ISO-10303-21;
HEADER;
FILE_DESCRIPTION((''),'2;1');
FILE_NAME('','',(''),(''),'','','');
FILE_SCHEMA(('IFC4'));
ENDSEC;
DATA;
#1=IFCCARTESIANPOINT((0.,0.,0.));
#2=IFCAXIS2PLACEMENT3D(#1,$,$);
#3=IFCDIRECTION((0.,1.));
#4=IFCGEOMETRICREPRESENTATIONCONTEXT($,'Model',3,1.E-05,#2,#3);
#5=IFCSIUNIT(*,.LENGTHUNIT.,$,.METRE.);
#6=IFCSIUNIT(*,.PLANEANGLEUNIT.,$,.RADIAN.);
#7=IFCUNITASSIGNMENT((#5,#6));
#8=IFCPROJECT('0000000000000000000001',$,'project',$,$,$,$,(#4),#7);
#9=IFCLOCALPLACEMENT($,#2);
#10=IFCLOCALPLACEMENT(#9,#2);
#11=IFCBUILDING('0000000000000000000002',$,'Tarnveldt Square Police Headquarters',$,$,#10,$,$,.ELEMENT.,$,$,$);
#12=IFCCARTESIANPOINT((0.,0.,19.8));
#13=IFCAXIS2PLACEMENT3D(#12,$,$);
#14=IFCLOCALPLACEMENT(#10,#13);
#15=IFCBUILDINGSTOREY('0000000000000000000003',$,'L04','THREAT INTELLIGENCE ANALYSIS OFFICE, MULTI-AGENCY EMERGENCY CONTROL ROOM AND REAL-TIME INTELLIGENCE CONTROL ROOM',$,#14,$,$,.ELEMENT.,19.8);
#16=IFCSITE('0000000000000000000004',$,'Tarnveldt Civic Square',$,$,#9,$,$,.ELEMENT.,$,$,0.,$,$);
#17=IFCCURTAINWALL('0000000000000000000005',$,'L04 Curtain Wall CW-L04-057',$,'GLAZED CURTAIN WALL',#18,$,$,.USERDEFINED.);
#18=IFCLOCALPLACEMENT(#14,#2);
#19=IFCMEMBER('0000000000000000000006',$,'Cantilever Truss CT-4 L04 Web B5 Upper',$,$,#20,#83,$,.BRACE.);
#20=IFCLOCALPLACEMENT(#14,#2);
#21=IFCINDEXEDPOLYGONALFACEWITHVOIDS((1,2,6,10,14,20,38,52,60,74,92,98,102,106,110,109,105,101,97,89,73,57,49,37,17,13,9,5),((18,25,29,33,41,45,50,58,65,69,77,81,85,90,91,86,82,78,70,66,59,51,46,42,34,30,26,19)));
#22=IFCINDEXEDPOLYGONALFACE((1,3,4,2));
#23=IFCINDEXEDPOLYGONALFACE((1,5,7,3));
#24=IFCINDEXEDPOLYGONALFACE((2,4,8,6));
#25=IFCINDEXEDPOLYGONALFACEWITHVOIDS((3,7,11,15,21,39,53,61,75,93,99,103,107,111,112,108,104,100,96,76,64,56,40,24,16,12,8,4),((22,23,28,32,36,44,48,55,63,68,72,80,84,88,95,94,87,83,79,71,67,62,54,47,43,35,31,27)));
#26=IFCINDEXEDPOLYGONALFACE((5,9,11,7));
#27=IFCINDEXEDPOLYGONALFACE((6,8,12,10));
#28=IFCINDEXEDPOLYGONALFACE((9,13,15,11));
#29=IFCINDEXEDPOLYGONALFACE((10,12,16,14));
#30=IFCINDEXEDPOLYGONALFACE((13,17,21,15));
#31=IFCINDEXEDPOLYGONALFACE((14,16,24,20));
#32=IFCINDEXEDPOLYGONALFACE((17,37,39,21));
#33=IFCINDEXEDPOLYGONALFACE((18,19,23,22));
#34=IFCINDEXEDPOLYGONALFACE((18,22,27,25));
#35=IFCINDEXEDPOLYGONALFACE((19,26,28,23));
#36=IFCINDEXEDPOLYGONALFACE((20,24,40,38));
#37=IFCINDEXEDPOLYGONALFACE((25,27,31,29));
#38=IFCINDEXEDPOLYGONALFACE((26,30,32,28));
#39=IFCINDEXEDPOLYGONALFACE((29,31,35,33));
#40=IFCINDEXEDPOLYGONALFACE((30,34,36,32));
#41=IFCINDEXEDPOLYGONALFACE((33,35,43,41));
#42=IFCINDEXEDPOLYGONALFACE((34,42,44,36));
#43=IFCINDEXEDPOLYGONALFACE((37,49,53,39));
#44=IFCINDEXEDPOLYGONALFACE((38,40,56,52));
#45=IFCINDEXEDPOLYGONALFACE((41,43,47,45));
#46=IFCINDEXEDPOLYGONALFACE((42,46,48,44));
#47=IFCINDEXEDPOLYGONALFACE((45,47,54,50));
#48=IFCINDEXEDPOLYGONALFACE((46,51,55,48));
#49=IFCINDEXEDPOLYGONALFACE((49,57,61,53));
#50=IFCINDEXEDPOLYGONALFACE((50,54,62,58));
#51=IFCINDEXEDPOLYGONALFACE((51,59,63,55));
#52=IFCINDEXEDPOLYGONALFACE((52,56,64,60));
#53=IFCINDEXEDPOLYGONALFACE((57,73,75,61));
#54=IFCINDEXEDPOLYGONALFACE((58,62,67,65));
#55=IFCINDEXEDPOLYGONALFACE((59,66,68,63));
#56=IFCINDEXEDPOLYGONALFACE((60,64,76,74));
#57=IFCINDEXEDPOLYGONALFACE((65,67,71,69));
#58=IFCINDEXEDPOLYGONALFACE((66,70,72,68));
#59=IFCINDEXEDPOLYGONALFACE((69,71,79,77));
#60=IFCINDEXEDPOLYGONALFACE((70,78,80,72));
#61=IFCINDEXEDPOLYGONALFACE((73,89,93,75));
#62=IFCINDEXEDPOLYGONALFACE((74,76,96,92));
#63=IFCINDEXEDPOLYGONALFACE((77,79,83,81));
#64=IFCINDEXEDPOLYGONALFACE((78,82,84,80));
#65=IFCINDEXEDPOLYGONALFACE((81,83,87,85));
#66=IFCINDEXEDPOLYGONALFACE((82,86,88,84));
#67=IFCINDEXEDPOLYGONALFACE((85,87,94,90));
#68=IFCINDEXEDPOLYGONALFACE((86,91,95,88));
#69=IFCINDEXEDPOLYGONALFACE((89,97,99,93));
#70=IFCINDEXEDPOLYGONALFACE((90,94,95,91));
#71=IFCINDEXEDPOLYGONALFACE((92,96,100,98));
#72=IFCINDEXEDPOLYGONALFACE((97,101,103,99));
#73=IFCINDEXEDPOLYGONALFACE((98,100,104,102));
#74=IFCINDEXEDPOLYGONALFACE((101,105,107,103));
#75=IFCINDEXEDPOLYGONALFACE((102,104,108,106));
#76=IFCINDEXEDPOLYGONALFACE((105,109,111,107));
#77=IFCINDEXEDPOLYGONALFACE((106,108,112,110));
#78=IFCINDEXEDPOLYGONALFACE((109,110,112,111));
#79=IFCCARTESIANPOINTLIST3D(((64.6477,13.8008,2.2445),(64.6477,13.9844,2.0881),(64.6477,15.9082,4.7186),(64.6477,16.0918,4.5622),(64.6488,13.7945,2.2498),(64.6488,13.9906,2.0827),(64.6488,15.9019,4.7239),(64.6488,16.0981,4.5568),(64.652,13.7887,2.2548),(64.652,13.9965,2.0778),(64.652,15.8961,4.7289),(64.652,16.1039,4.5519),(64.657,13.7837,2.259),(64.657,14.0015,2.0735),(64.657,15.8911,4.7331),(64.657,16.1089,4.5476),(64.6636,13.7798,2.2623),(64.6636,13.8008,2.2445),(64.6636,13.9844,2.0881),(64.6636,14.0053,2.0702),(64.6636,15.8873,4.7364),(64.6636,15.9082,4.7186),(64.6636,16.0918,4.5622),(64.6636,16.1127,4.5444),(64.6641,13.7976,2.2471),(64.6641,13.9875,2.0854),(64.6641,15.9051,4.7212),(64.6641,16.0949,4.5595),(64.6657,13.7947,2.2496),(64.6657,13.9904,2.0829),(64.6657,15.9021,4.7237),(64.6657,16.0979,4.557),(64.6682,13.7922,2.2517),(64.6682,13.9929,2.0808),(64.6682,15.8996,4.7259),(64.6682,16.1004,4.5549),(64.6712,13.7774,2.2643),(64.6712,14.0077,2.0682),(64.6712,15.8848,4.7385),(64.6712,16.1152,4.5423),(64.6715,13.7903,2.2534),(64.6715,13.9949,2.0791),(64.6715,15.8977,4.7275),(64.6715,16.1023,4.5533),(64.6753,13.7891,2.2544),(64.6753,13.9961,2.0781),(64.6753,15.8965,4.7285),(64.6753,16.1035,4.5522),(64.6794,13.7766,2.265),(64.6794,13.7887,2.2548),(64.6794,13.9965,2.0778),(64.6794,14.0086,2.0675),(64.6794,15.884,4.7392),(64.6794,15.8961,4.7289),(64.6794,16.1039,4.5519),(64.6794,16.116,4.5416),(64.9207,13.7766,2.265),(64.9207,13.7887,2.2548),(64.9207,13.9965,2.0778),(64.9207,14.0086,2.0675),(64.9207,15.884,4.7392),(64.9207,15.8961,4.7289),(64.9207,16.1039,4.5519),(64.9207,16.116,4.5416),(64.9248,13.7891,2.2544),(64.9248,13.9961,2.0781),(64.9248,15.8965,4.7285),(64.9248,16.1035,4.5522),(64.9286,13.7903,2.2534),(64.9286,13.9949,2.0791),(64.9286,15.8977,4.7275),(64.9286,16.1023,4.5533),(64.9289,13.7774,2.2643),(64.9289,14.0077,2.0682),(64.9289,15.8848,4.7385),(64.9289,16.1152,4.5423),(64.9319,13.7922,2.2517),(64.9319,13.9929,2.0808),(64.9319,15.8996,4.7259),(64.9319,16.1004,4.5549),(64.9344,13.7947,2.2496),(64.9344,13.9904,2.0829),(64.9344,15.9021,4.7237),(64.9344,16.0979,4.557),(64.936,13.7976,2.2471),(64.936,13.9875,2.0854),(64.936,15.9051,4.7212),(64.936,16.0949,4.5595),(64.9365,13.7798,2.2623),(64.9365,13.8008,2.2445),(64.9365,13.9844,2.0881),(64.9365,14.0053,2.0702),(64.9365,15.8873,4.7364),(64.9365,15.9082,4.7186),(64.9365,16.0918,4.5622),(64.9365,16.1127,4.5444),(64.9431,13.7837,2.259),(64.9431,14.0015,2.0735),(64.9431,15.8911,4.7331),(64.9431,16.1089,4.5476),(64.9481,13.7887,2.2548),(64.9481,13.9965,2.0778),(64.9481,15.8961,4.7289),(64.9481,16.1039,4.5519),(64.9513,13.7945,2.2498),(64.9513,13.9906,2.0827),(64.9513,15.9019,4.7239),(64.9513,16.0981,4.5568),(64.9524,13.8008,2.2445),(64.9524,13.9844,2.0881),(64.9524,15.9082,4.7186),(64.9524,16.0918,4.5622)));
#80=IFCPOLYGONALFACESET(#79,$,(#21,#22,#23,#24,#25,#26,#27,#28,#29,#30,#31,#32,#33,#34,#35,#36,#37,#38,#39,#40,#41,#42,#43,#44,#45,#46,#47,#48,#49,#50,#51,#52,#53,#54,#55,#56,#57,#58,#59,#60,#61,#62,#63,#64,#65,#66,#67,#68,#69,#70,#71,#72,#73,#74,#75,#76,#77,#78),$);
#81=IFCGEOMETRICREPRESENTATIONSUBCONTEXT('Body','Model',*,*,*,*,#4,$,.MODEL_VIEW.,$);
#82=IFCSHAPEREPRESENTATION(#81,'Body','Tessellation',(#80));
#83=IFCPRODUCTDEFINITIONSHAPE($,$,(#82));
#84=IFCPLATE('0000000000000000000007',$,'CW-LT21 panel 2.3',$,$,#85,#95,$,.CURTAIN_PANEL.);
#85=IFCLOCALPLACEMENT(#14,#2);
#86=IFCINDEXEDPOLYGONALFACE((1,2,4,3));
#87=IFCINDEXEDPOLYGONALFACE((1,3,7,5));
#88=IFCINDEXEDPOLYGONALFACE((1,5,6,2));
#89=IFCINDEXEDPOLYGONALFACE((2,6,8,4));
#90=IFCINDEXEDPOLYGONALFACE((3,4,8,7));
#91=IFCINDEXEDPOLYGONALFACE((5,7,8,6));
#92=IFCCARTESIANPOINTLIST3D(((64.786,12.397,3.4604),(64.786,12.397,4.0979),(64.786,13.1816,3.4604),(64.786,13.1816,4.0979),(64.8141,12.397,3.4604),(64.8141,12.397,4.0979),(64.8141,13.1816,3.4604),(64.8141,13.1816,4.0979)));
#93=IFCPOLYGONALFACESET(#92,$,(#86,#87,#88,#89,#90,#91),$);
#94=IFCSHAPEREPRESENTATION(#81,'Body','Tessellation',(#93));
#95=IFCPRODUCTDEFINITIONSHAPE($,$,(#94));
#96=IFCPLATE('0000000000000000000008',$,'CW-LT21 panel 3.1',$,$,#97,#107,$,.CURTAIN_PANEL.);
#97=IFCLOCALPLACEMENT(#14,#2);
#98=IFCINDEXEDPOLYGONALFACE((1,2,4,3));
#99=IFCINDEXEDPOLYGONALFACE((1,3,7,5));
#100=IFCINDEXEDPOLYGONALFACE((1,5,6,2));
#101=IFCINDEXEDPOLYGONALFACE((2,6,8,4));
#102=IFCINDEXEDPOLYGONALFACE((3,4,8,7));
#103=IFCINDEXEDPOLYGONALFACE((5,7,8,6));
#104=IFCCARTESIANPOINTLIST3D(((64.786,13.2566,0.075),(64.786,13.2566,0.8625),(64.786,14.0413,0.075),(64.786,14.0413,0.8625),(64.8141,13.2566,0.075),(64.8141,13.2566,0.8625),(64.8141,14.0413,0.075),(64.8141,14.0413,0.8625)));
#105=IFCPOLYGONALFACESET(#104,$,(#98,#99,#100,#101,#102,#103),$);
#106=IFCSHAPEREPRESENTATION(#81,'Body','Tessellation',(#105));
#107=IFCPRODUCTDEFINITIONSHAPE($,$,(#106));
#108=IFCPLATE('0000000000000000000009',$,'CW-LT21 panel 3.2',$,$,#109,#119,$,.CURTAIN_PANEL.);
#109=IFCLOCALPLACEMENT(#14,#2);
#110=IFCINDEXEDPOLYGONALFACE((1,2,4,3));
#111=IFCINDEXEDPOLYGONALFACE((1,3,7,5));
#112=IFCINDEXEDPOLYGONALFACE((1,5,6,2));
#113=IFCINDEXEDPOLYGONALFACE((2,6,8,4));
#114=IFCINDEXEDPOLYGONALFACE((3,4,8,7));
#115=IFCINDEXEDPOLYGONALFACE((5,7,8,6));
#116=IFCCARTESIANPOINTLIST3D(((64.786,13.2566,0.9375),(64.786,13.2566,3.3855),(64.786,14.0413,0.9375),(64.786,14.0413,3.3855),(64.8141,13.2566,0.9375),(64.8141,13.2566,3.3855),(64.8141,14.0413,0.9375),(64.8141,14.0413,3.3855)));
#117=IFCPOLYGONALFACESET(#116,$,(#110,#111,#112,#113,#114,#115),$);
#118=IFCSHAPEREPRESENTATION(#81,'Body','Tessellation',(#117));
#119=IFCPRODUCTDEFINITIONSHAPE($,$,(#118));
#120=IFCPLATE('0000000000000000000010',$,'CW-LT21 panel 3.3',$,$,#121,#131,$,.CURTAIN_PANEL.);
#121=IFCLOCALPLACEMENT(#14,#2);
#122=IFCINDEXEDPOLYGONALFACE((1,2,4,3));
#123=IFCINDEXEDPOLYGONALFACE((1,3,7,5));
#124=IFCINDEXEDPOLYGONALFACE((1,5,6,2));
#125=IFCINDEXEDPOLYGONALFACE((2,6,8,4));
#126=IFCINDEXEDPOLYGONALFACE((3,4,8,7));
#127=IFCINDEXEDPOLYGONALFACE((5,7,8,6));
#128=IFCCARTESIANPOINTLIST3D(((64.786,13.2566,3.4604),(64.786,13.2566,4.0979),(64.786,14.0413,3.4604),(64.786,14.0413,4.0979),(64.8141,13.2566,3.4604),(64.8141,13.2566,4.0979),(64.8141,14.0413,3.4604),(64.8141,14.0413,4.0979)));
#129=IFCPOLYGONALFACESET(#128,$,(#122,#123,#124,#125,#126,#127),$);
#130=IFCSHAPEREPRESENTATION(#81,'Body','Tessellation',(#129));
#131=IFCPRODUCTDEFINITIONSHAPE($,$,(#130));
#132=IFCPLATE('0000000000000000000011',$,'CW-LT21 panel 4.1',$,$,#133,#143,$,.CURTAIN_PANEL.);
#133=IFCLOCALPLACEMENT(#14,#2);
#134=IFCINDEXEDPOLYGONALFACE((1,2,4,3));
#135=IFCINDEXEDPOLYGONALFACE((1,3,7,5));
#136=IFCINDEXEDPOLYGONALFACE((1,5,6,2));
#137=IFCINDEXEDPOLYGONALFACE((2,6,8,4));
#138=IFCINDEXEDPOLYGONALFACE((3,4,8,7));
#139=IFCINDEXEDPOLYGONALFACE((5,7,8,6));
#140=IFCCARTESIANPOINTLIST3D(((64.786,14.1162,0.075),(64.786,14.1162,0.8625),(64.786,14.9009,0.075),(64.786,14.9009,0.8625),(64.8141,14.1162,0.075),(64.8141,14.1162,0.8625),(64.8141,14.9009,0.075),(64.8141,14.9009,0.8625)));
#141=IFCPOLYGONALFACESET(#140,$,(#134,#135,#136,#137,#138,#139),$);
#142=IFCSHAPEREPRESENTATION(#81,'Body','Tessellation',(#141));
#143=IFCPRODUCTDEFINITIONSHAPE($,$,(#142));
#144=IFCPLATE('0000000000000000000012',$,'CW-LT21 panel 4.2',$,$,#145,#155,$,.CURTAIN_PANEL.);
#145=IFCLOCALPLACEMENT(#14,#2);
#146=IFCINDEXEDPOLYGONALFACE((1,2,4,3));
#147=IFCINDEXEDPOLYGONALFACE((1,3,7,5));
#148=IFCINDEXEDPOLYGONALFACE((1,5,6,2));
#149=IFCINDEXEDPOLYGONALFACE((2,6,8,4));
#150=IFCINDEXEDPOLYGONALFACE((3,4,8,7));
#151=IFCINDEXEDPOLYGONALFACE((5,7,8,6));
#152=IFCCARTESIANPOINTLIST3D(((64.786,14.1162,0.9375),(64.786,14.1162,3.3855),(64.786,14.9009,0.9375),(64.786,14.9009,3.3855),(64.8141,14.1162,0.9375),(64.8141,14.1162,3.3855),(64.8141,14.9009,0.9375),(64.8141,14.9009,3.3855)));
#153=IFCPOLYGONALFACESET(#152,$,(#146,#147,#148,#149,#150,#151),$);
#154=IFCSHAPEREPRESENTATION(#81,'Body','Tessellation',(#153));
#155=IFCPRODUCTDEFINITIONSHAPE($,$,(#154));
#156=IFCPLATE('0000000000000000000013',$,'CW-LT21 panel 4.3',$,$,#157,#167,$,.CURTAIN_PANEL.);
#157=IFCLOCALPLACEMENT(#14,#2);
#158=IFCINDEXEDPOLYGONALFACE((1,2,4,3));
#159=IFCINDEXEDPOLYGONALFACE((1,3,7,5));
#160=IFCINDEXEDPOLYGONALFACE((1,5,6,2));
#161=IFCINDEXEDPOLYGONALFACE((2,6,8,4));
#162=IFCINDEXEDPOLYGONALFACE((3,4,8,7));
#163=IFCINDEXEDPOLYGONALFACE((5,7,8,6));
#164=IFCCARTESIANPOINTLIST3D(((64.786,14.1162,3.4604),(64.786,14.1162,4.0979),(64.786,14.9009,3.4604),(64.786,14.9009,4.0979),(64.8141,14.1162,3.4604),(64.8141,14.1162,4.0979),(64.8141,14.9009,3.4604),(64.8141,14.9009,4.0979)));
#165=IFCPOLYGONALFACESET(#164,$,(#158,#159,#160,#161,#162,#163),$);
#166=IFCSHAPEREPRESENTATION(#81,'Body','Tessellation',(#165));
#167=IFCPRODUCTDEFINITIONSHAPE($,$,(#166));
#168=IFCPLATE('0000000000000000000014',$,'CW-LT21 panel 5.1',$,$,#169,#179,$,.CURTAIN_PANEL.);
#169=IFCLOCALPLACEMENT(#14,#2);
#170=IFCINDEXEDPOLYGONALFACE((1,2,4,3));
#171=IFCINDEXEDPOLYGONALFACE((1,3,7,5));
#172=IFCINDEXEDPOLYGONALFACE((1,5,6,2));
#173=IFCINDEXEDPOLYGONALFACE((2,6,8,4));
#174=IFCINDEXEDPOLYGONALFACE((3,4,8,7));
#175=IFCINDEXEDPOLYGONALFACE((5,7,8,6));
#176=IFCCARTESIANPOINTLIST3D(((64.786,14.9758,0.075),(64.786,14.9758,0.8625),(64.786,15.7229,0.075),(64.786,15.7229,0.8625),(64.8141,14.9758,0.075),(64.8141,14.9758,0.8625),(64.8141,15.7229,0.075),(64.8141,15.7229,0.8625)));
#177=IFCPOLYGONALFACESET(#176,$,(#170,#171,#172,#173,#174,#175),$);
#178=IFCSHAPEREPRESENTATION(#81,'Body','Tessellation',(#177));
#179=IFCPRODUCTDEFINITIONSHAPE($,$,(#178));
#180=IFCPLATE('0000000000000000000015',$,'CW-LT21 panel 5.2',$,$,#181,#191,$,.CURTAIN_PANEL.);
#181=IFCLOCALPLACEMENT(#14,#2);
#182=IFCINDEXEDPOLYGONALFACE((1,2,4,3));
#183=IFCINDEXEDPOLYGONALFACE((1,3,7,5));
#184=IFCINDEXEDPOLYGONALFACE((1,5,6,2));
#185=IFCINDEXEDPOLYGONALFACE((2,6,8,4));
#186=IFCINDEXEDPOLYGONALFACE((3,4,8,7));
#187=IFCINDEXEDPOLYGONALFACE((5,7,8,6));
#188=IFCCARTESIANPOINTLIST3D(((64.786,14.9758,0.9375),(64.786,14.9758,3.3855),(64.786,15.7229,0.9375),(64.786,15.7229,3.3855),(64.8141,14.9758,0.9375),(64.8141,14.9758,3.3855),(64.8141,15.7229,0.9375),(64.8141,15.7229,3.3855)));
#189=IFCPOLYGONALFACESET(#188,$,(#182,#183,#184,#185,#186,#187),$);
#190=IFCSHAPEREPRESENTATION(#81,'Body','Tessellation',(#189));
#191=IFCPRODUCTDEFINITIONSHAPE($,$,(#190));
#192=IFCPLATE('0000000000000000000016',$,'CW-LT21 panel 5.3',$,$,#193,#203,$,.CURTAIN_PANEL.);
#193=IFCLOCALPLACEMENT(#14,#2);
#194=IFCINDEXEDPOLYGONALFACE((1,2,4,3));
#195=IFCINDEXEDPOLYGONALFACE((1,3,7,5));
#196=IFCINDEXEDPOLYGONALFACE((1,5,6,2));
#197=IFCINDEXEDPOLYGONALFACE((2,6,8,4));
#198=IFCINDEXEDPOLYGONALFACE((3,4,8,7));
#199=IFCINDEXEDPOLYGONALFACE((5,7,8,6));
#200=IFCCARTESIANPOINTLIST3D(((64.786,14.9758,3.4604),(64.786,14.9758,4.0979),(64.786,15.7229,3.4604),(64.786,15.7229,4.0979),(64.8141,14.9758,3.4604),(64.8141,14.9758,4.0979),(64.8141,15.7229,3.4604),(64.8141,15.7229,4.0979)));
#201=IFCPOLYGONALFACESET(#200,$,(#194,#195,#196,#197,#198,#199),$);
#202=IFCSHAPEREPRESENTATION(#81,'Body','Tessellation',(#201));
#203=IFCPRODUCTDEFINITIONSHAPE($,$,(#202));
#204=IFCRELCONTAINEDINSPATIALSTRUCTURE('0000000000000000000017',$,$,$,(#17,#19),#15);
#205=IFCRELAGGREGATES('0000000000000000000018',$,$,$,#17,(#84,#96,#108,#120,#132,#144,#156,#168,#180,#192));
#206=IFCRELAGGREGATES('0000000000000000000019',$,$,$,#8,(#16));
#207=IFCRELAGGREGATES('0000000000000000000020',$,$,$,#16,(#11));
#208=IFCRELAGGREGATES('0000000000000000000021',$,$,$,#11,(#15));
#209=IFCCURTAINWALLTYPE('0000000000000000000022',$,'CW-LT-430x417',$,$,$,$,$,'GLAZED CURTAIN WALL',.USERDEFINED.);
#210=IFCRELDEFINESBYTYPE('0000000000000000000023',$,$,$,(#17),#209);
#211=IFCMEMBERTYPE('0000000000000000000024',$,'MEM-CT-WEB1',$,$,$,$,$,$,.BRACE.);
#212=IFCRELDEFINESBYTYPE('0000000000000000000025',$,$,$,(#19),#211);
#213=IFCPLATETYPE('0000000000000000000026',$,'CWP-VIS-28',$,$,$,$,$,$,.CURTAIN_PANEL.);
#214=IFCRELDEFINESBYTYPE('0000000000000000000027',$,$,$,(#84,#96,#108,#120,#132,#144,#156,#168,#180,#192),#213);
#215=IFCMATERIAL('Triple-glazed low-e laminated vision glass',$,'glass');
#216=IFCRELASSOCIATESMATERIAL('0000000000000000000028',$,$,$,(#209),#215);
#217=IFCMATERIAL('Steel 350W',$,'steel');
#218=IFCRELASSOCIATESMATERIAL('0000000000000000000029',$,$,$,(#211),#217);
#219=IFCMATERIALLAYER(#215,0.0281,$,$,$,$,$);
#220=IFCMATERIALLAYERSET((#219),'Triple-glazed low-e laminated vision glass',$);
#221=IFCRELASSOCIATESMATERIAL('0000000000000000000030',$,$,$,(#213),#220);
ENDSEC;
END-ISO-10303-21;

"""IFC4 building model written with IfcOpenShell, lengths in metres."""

from ifc_helpers import new_model, si_unit, direction, frame, origin, origin_2d, place, context, subcontext, project, spatial, rectangle, hollow_rectangle, extrude, material, layer, layer_set, material_profile, profile_set, type_object, element, aggregate, save


model = new_model("IFC4")

# Units and contexts
model_context = context("Model", 3, precision=1e-05, world=origin(), true_north=direction((0.0, 1.0)))
body_context = subcontext(model_context, "Body", "Model", "MODEL_VIEW")
ifc_project = project(units=[si_unit("LENGTHUNIT", "METRE"), si_unit("PLANEANGLEUNIT", "RADIAN")], contexts=[model_context])

# Site, building, storey
site_placement = place(None, origin())
site = spatial("IfcSite", under=ifc_project, at=site_placement, Name="Tarnveldt Civic Square", CompositionType="ELEMENT", RefElevation=0.0)
building_placement = place(site_placement, origin())
building = spatial("IfcBuilding", under=site, at=building_placement, Name="Tarnveldt Square Police Headquarters", CompositionType="ELEMENT")
storey_placement = place(building_placement, frame((0.0, 0.0, 19.8)))
storey = spatial("IfcBuildingStorey", under=building, at=storey_placement, Name="L04", Description="THREAT INTELLIGENCE ANALYSIS OFFICE, MULTI-AGENCY EMERGENCY CONTROL ROOM AND REAL-TIME INTELLIGENCE CONTROL ROOM", CompositionType="ELEMENT", Elevation=19.8)

# Shared definitions
ifc_material_1 = material(Name="Steel 350W", Category="steel")

# Curtain wall
ifc_material_2 = material(Name="Triple-glazed low-e laminated vision glass", Category="glass")
curtain_wall_type = type_object("IfcCurtainWallType", Name="CW-LT-430x417", ElementType="GLAZED CURTAIN WALL", PredefinedType="USERDEFINED", material=ifc_material_2)
curtain_wall_1_placement = place(storey_placement, origin())
curtain_wall_1 = element("IfcCurtainWall", 1, at=curtain_wall_1_placement, inside=storey, type_object=curtain_wall_type, Name="L04 Curtain Wall CW-L04-057", ObjectType="GLAZED CURTAIN WALL", PredefinedType="USERDEFINED")

# Member
ifc_material_profile_1 = material_profile(ifc_material_1, hollow_rectangle(XDim=0.3047, YDim=0.3047, WallThickness=0.0159, InnerFilletRadius=0.0159, OuterFilletRadius=0.0317, at=origin_2d()), Name="HSS305x305x16")
ifc_profile_set_1 = profile_set([ifc_material_profile_1], Name="Steel 350W")
member_type_1 = type_object("IfcMemberType", Name="MEM-CT-WEB1", PredefinedType="BRACE", material=ifc_profile_set_1)
member_1_placement = place(storey_placement, frame((64.8, 13.8926, 2.1663), z_axis=(0.0, 0.648437, 0.761268), x_axis=(-1.0, 0.0, 0.0)))
element("IfcMember", 2, at=member_1_placement, inside=storey, type_object=member_type_1, Name="Cantilever Truss CT-4 L04 Web B5 Upper", PredefinedType="BRACE", context=body_context, shape_type="SweptSolid", body=[
    extrude(hollow_rectangle(XDim=0.3047, YDim=0.3047, WallThickness=0.0159, InnerFilletRadius=0.0159, OuterFilletRadius=0.0317, at=origin_2d()), origin(), (0.0, 0.0, 1.0), 3.25),
])

# Plates
ifc_layer_1 = layer(ifc_material_2, 0.0281)
ifc_layer_set_1 = layer_set([ifc_layer_1], Name="Triple-glazed low-e laminated vision glass")
plate_type_1 = type_object("IfcPlateType", Name="CWP-VIS-28", PredefinedType="CURTAIN_PANEL", material=ifc_layer_set_1)
plate_1_placement = place(storey_placement, frame((64.8, 12.7893, 3.4604), z_axis=(0.0, 0.0, 1.0), x_axis=(0.0, 1.0, 0.0)))
plate_1 = element("IfcPlate", 3, at=plate_1_placement, type_object=plate_type_1, Name="CW-LT21 panel 2.3", PredefinedType="CURTAIN_PANEL", context=body_context, shape_type="SweptSolid", body=[
    extrude(rectangle(XDim=0.7847, YDim=0.0281, at=origin_2d()), origin(), (0.0, 0.0, 1.0), 0.6375),
])
plate_2_placement = place(storey_placement, frame((64.8, 13.6489, 0.075), z_axis=(0.0, 0.0, 1.0), x_axis=(0.0, 1.0, 0.0)))
plate_2 = element("IfcPlate", 4, at=plate_2_placement, type_object=plate_type_1, Name="CW-LT21 panel 3.1", PredefinedType="CURTAIN_PANEL", context=body_context, shape_type="SweptSolid", body=[
    extrude(rectangle(XDim=0.7847, YDim=0.0281, at=origin_2d()), origin(), (0.0, 0.0, 1.0), 0.7876),
])
plate_3_placement = place(storey_placement, frame((64.8, 13.6489, 0.9375), z_axis=(0.0, 0.0, 1.0), x_axis=(0.0, 1.0, 0.0)))
plate_3 = element("IfcPlate", 5, at=plate_3_placement, type_object=plate_type_1, Name="CW-LT21 panel 3.2", PredefinedType="CURTAIN_PANEL", context=body_context, shape_type="SweptSolid", body=[
    extrude(rectangle(XDim=0.7847, YDim=0.0281, at=origin_2d()), origin(), (0.0, 0.0, 1.0), 2.448),
])
plate_4_placement = place(storey_placement, frame((64.8, 13.6489, 3.4604), z_axis=(0.0, 0.0, 1.0), x_axis=(0.0, 1.0, 0.0)))
plate_4 = element("IfcPlate", 6, at=plate_4_placement, type_object=plate_type_1, Name="CW-LT21 panel 3.3", PredefinedType="CURTAIN_PANEL", context=body_context, shape_type="SweptSolid", body=[
    extrude(rectangle(XDim=0.7847, YDim=0.0281, at=origin_2d()), origin(), (0.0, 0.0, 1.0), 0.6375),
])
plate_5_placement = place(storey_placement, frame((64.8, 14.5085, 0.075), z_axis=(0.0, 0.0, 1.0), x_axis=(0.0, 1.0, 0.0)))
plate_5 = element("IfcPlate", 7, at=plate_5_placement, type_object=plate_type_1, Name="CW-LT21 panel 4.1", PredefinedType="CURTAIN_PANEL", context=body_context, shape_type="SweptSolid", body=[
    extrude(rectangle(XDim=0.7847, YDim=0.0281, at=origin_2d()), origin(), (0.0, 0.0, 1.0), 0.7876),
])
plate_6_placement = place(storey_placement, frame((64.8, 14.5085, 0.9375), z_axis=(0.0, 0.0, 1.0), x_axis=(0.0, 1.0, 0.0)))
plate_6 = element("IfcPlate", 8, at=plate_6_placement, type_object=plate_type_1, Name="CW-LT21 panel 4.2", PredefinedType="CURTAIN_PANEL", context=body_context, shape_type="SweptSolid", body=[
    extrude(rectangle(XDim=0.7847, YDim=0.0281, at=origin_2d()), origin(), (0.0, 0.0, 1.0), 2.448),
])
plate_7_placement = place(storey_placement, frame((64.8, 14.5085, 3.4604), z_axis=(0.0, 0.0, 1.0), x_axis=(0.0, 1.0, 0.0)))
plate_7 = element("IfcPlate", 9, at=plate_7_placement, type_object=plate_type_1, Name="CW-LT21 panel 4.3", PredefinedType="CURTAIN_PANEL", context=body_context, shape_type="SweptSolid", body=[
    extrude(rectangle(XDim=0.7847, YDim=0.0281, at=origin_2d()), origin(), (0.0, 0.0, 1.0), 0.6375),
])
plate_8_placement = place(storey_placement, frame((64.8, 15.3494, 0.075), z_axis=(0.0, 0.0, 1.0), x_axis=(0.0, 1.0, 0.0)))
plate_8 = element("IfcPlate", 10, at=plate_8_placement, type_object=plate_type_1, Name="CW-LT21 panel 5.1", PredefinedType="CURTAIN_PANEL", context=body_context, shape_type="SweptSolid", body=[
    extrude(rectangle(XDim=0.7471, YDim=0.0281, at=origin_2d()), origin(), (0.0, 0.0, 1.0), 0.7876),
])
plate_9_placement = place(storey_placement, frame((64.8, 15.3494, 0.9375), z_axis=(0.0, 0.0, 1.0), x_axis=(0.0, 1.0, 0.0)))
plate_9 = element("IfcPlate", 11, at=plate_9_placement, type_object=plate_type_1, Name="CW-LT21 panel 5.2", PredefinedType="CURTAIN_PANEL", context=body_context, shape_type="SweptSolid", body=[
    extrude(rectangle(XDim=0.7471, YDim=0.0281, at=origin_2d()), origin(), (0.0, 0.0, 1.0), 2.448),
])
plate_10_placement = place(storey_placement, frame((64.8, 15.3494, 3.4604), z_axis=(0.0, 0.0, 1.0), x_axis=(0.0, 1.0, 0.0)))
plate_10 = element("IfcPlate", 12, at=plate_10_placement, type_object=plate_type_1, Name="CW-LT21 panel 5.3", PredefinedType="CURTAIN_PANEL", context=body_context, shape_type="SweptSolid", body=[
    extrude(rectangle(XDim=0.7471, YDim=0.0281, at=origin_2d()), origin(), (0.0, 0.0, 1.0), 0.6375),
])
aggregate(curtain_wall_1, [plate_1, plate_2, plate_3, plate_4, plate_5, plate_6, plate_7, plate_8, plate_9, plate_10])

save(model, "model.ifc")
